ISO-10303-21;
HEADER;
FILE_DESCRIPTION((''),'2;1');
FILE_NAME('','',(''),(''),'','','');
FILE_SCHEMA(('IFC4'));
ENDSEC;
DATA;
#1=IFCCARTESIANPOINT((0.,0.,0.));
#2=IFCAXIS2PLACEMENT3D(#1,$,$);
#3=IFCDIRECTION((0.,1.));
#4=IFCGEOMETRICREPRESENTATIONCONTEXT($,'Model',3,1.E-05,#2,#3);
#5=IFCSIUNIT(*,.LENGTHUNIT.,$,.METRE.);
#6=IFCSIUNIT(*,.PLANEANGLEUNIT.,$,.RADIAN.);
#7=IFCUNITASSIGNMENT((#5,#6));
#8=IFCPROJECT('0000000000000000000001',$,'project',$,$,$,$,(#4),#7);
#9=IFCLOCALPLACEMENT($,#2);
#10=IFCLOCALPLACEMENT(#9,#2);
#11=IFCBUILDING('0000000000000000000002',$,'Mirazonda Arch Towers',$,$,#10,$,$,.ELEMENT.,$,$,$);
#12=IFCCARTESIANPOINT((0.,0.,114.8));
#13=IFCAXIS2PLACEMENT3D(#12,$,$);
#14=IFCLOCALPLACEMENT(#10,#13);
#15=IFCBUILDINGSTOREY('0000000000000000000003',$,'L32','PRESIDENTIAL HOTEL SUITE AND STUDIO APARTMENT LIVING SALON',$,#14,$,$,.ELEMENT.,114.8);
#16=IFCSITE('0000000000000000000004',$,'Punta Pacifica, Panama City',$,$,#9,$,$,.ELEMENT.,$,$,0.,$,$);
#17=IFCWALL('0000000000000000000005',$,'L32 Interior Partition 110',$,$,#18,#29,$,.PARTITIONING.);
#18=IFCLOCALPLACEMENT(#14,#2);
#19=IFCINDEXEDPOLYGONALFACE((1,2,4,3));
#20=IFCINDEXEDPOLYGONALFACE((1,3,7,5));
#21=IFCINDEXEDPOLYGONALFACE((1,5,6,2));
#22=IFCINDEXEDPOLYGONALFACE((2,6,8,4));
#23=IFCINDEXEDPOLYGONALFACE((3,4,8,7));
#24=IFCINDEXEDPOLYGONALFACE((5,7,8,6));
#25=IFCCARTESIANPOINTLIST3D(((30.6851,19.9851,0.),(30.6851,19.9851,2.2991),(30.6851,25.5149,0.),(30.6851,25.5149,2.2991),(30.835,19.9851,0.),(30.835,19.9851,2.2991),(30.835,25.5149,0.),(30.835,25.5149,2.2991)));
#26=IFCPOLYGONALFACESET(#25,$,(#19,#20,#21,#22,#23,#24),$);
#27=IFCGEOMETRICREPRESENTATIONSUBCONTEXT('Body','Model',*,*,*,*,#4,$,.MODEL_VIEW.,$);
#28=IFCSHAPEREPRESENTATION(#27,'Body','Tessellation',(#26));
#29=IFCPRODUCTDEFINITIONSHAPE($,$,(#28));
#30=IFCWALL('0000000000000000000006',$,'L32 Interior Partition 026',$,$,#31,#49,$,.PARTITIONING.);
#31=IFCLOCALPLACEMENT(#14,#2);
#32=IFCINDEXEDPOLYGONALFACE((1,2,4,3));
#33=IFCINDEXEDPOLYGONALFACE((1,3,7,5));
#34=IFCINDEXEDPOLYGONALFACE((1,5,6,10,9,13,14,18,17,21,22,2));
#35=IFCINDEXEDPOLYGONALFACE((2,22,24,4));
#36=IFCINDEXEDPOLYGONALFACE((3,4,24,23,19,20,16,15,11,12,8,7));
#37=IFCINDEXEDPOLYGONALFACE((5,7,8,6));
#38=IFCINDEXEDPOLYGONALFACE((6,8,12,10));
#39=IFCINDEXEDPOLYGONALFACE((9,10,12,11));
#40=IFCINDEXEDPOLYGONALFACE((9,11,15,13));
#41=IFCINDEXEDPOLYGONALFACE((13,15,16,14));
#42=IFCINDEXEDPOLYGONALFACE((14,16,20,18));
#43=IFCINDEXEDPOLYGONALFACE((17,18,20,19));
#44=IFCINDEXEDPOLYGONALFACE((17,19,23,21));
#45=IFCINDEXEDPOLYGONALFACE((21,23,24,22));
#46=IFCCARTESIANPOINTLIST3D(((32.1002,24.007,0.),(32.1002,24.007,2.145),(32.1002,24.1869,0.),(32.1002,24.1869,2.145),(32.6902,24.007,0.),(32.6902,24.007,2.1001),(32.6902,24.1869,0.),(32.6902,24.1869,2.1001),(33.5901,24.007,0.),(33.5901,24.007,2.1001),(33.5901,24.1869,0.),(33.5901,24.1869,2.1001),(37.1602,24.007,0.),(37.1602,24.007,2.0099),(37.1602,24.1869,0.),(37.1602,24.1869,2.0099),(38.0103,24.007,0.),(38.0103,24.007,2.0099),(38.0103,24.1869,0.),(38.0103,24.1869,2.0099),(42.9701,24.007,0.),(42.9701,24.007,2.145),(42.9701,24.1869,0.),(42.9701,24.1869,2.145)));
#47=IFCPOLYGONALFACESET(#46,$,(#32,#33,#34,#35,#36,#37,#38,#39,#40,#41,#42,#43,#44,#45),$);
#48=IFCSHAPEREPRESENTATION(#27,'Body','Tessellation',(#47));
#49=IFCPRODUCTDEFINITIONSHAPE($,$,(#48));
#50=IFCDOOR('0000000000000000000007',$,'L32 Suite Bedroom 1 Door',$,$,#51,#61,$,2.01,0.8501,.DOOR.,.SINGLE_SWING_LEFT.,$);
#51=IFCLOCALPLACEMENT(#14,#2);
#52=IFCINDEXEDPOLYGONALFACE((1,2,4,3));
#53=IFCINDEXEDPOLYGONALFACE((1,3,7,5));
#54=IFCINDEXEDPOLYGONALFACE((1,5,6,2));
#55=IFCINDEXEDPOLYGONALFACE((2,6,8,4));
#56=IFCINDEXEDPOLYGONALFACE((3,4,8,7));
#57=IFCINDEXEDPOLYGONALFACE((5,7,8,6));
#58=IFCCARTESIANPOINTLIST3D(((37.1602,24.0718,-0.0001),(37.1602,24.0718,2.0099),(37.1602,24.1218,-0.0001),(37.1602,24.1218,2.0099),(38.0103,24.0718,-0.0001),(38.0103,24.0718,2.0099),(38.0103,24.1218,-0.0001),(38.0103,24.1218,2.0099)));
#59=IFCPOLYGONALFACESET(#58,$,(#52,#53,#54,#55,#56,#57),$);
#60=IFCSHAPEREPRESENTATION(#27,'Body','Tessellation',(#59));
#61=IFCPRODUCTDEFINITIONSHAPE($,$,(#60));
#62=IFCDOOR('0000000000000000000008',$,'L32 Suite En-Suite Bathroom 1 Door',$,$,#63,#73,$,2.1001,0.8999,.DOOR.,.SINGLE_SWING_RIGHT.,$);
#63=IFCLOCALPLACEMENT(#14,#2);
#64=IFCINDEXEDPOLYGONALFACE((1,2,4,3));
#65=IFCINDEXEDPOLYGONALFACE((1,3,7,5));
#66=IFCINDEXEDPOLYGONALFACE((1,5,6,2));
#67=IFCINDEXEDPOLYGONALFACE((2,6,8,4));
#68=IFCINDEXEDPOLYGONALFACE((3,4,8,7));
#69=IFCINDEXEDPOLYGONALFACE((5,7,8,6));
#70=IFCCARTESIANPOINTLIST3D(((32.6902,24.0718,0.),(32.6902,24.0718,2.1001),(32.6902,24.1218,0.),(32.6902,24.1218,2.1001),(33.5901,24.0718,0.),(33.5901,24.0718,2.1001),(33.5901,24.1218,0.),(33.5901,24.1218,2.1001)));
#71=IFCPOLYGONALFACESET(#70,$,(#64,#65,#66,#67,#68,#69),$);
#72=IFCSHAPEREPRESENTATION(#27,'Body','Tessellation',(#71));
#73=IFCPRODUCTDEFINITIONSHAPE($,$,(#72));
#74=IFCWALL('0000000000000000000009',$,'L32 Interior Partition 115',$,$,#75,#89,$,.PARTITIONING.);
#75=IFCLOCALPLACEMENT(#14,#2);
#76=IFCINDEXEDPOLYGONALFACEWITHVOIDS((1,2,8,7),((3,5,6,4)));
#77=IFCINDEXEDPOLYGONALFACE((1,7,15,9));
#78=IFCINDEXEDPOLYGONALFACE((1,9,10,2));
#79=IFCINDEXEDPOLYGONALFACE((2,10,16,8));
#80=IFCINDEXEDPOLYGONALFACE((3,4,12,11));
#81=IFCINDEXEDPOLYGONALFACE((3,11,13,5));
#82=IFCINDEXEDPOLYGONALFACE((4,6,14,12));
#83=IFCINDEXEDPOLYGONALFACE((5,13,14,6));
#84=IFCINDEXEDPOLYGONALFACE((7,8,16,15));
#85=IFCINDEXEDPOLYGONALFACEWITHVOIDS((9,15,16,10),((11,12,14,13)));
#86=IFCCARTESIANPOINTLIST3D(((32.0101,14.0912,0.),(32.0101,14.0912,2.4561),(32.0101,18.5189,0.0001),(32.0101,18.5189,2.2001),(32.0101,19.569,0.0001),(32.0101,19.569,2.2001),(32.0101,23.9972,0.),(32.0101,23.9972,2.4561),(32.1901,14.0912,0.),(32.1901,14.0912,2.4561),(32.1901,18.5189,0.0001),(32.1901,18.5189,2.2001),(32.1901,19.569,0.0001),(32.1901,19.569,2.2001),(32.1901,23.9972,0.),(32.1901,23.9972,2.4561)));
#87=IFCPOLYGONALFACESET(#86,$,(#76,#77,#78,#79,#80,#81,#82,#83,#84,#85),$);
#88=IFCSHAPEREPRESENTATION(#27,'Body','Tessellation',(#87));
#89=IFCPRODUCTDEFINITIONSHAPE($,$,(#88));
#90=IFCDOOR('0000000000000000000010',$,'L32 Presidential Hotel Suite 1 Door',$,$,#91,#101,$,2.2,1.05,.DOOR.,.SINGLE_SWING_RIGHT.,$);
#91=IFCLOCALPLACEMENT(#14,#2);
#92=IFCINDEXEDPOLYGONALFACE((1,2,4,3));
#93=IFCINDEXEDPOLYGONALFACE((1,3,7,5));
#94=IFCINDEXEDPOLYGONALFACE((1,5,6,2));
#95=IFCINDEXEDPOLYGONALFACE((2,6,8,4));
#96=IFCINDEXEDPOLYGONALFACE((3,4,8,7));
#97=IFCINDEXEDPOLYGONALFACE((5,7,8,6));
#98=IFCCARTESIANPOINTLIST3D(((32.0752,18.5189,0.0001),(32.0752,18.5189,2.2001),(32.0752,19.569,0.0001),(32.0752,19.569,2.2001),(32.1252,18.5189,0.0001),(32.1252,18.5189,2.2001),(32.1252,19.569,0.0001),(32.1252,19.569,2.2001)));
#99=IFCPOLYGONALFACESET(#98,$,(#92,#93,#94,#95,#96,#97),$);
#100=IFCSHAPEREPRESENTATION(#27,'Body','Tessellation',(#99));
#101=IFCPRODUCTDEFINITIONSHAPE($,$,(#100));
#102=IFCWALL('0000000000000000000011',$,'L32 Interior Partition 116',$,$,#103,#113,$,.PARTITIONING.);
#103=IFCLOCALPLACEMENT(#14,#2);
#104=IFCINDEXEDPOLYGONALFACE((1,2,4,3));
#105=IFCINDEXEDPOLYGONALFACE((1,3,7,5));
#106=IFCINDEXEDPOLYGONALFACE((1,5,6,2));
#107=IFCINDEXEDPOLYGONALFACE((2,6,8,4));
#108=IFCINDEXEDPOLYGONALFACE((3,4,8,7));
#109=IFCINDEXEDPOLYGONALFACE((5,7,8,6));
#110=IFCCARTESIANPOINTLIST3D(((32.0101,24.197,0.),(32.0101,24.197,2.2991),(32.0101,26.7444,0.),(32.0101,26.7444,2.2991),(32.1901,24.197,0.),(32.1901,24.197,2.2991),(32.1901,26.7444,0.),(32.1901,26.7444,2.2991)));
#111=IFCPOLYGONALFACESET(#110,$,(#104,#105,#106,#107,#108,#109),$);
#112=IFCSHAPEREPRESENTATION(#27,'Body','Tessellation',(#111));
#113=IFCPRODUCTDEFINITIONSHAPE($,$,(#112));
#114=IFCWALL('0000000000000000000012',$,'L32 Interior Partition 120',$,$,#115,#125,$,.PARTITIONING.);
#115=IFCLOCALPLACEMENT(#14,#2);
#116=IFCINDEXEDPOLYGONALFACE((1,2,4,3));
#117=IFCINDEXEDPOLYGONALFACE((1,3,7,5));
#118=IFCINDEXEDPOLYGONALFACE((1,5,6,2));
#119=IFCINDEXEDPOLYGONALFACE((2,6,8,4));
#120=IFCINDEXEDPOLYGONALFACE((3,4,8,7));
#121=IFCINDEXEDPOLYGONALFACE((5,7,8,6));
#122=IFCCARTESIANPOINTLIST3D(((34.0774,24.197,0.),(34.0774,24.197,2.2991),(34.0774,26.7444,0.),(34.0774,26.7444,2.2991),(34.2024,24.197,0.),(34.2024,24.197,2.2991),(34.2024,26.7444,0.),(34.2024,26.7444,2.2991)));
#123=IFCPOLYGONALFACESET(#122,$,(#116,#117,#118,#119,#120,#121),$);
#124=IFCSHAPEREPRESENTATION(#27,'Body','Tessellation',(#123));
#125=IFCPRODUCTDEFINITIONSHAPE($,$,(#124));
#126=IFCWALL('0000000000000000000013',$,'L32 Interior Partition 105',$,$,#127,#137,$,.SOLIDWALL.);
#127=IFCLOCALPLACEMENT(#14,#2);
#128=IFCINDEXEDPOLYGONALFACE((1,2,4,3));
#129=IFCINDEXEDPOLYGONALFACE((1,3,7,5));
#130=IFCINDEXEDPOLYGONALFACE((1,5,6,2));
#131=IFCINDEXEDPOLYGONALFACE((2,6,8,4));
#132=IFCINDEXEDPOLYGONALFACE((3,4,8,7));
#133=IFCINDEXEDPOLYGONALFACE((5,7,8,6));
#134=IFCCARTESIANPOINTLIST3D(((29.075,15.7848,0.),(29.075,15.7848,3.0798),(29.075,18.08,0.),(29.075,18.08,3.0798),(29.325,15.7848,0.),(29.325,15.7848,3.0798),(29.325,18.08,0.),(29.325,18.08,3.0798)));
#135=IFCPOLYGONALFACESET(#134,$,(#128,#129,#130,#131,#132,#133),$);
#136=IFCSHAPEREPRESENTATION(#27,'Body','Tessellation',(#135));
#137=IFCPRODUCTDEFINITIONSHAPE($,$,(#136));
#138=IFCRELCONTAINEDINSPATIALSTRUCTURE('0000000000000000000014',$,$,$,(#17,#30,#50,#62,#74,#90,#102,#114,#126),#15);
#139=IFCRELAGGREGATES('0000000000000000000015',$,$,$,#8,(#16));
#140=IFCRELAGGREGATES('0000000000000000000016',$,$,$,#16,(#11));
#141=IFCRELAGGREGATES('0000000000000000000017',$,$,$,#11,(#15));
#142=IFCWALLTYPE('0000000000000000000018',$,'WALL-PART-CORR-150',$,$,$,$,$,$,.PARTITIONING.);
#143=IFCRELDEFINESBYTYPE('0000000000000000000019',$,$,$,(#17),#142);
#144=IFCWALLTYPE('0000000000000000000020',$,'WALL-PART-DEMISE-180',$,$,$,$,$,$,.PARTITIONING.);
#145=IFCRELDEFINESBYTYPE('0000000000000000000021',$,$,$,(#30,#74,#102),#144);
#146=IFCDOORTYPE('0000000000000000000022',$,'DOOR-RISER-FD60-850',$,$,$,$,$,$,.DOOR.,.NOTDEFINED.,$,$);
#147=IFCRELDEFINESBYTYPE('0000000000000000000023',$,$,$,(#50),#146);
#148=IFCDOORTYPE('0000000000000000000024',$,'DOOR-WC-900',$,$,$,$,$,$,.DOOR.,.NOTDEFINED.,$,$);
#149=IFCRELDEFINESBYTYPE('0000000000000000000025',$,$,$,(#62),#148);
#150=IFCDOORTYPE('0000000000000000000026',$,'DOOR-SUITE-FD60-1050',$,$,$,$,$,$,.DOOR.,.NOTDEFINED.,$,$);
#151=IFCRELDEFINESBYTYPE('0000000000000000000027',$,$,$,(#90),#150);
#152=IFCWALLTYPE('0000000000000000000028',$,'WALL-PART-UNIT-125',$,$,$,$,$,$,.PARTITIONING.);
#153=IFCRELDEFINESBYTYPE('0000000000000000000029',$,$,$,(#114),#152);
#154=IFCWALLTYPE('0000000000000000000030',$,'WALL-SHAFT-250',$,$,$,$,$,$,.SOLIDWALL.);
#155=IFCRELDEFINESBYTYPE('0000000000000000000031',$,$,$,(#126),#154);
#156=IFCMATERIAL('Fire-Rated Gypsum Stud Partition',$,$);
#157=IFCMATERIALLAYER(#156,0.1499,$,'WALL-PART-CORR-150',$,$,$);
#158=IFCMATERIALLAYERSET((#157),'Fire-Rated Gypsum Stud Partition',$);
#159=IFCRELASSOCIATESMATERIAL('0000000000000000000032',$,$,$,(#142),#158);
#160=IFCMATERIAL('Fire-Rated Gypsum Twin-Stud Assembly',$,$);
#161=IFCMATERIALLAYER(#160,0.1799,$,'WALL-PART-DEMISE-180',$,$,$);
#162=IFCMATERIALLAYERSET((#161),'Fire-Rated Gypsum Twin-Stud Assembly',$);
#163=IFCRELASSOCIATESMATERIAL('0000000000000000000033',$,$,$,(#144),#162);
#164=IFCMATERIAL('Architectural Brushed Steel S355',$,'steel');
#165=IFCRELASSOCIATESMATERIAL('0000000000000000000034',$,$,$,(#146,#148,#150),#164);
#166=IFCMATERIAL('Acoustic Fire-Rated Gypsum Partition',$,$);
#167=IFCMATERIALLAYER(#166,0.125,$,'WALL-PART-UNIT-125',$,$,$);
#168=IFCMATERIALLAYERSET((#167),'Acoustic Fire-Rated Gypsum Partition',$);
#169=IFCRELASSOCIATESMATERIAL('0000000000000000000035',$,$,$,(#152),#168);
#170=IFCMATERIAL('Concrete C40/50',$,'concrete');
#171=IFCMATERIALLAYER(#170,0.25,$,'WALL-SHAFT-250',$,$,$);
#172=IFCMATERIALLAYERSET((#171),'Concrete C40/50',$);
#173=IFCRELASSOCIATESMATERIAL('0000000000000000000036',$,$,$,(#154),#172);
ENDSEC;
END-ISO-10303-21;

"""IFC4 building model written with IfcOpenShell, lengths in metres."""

from ifc_helpers import new_model, si_unit, direction, frame, frame_2d, origin, place, context, subcontext, project, spatial, rectangle, extrude, material, layer, layer_set, type_object, element, fill, save


model = new_model("IFC4")

# Units and contexts
model_context = context("Model", 3, precision=1e-05, world=origin(), true_north=direction((0.0, 1.0)))
body_context = subcontext(model_context, "Body", "Model", "MODEL_VIEW")
ifc_project = project(units=[si_unit("LENGTHUNIT", "METRE"), si_unit("PLANEANGLEUNIT", "RADIAN")], contexts=[model_context])

# Site, building, storey
site_placement = place(None, origin())
site = spatial("IfcSite", under=ifc_project, at=site_placement, Name="Punta Pacifica, Panama City", CompositionType="ELEMENT", RefElevation=0.0)
building_placement = place(site_placement, origin())
building = spatial("IfcBuilding", under=site, at=building_placement, Name="Mirazonda Arch Towers", CompositionType="ELEMENT")
storey_placement = place(building_placement, frame((0.0, 0.0, 114.8)))
storey = spatial("IfcBuildingStorey", under=building, at=storey_placement, Name="L32", Description="PRESIDENTIAL HOTEL SUITE AND STUDIO APARTMENT LIVING SALON", CompositionType="ELEMENT", Elevation=114.8)

# Wall
ifc_material_1 = material(Name="Fire-Rated Gypsum Stud Partition")
ifc_layer_1 = layer(ifc_material_1, 0.1499, Name="WALL-PART-CORR-150")
ifc_layer_set_1 = layer_set([ifc_layer_1], Name="Fire-Rated Gypsum Stud Partition")
wall_type_1 = type_object("IfcWallType", Name="WALL-PART-CORR-150", PredefinedType="PARTITIONING", material=ifc_layer_set_1)
wall_1_placement = place(storey_placement, frame((30.76, 19.9851, 0.0), z_axis=(0.0, 0.0, 1.0), x_axis=(0.0, 1.0, 0.0)))
element("IfcWall", 1, at=wall_1_placement, inside=storey, type_object=wall_type_1, Name="L32 Interior Partition 110", PredefinedType="PARTITIONING", context=body_context, shape_type="SweptSolid", body=[
    extrude(rectangle(XDim=5.5298, YDim=0.1499, at=frame_2d((2.7649, 0.0))), origin(), (0.0, 0.0, 1.0), 2.2991),
])

# Wall, openings, doors
ifc_material_2 = material(Name="Fire-Rated Gypsum Twin-Stud Assembly")
ifc_layer_2 = layer(ifc_material_2, 0.1799, Name="WALL-PART-DEMISE-180")
ifc_layer_set_2 = layer_set([ifc_layer_2], Name="Fire-Rated Gypsum Twin-Stud Assembly")
wall_type_2 = type_object("IfcWallType", Name="WALL-PART-DEMISE-180", PredefinedType="PARTITIONING", material=ifc_layer_set_2)
wall_2_placement = place(storey_placement, frame((32.1001, 24.0969, 0.0), z_axis=(0.0, 0.0, 1.0), x_axis=(1.0, 0.0, 0.0)))
wall_2 = element("IfcWall", 2, at=wall_2_placement, inside=storey, type_object=wall_type_2, Name="L32 Interior Partition 026", PredefinedType="PARTITIONING", context=body_context, shape_type="SweptSolid", body=[
    extrude(rectangle(XDim=10.8699, YDim=0.1799, at=frame_2d((5.4351, 0.0))), origin(), (0.0, 0.0, 1.0), 2.145),
])
opening_1_placement = place(wall_2_placement, frame((5.0601, 0.0, 0.0)))
opening_1 = element("IfcOpeningElement", 3, at=opening_1_placement, cuts=wall_2, PredefinedType="OPENING", context=body_context, shape_type="SweptSolid", body=[
    extrude(rectangle(XDim=0.8501, YDim=2.01, at=frame_2d((0.425, 1.0049))), frame((0.0, 0.0999, 0.0), z_axis=(0.0, -1.0, 0.0), x_axis=(1.0, 0.0, 0.0)), (0.0, 0.0, 1.0), 0.2),
])
opening_2_placement = place(wall_2_placement, frame((0.5901, 0.0, 0.0)))
opening_2 = element("IfcOpeningElement", 4, at=opening_2_placement, cuts=wall_2, PredefinedType="OPENING", context=body_context, shape_type="SweptSolid", body=[
    extrude(rectangle(XDim=0.8999, YDim=2.1001, at=frame_2d((0.45, 1.05))), frame((0.0, 0.0999, 0.0), z_axis=(0.0, -1.0, 0.0), x_axis=(1.0, 0.0, 0.0)), (0.0, 0.0, 1.0), 0.2),
])
ifc_material_3 = material(Name="Architectural Brushed Steel S355", Category="steel")
door_type_1 = type_object("IfcDoorType", Name="DOOR-RISER-FD60-850", OperationType="NOTDEFINED", PredefinedType="DOOR", material=ifc_material_3)
door_1_placement = place(opening_1_placement, origin())
door_1 = element("IfcDoor", 5, at=door_1_placement, inside=storey, type_object=door_type_1, Name="L32 Suite Bedroom 1 Door", OperationType="SINGLE_SWING_LEFT", OverallHeight=2.01, OverallWidth=0.8501, PredefinedType="DOOR", context=body_context, shape_type="SweptSolid", body=[
    extrude(rectangle(XDim=0.8501, YDim=2.01, at=frame_2d((0.425, 1.0049))), frame((0.0, 0.0249, 0.0), z_axis=(0.0, -1.0, 0.0), x_axis=(1.0, 0.0, 0.0)), (0.0, 0.0, 1.0), 0.05),
])
fill(opening_1, door_1)
door_type_2 = type_object("IfcDoorType", Name="DOOR-WC-900", OperationType="NOTDEFINED", PredefinedType="DOOR", material=ifc_material_3)
door_2_placement = place(opening_2_placement, origin())
door_2 = element("IfcDoor", 6, at=door_2_placement, inside=storey, type_object=door_type_2, Name="L32 Suite En-Suite Bathroom 1 Door", OperationType="SINGLE_SWING_RIGHT", OverallHeight=2.1001, OverallWidth=0.8999, PredefinedType="DOOR", context=body_context, shape_type="SweptSolid", body=[
    extrude(rectangle(XDim=0.8999, YDim=2.1001, at=frame_2d((0.45, 1.05))), frame((0.0, 0.0249, 0.0), z_axis=(0.0, -1.0, 0.0), x_axis=(1.0, 0.0, 0.0)), (0.0, 0.0, 1.0), 0.05),
])
fill(opening_2, door_2)

# Wall, opening, door
wall_3_placement = place(storey_placement, frame((32.1001, 14.0911, 0.0), z_axis=(0.0, 0.0, 1.0), x_axis=(0.0, 1.0, 0.0)))
wall_3 = element("IfcWall", 7, at=wall_3_placement, inside=storey, type_object=wall_type_2, Name="L32 Interior Partition 115", PredefinedType="PARTITIONING", context=body_context, shape_type="SweptSolid", body=[
    extrude(rectangle(XDim=9.906, YDim=0.1799, at=frame_2d((4.9531, 0.0))), origin(), (0.0, 0.0, 1.0), 2.4561),
])
opening_3_placement = place(wall_3_placement, frame((4.428, 0.0, 0.0)))
opening_3 = element("IfcOpeningElement", 8, at=opening_3_placement, cuts=wall_3, PredefinedType="OPENING", context=body_context, shape_type="SweptSolid", body=[
    extrude(rectangle(XDim=1.05, YDim=2.2, at=frame_2d((0.5249, 1.1001))), frame((0.0, 0.0999, 0.0), z_axis=(0.0, -1.0, 0.0), x_axis=(1.0, 0.0, 0.0)), (0.0, 0.0, 1.0), 0.2),
])
door_type_3 = type_object("IfcDoorType", Name="DOOR-SUITE-FD60-1050", OperationType="NOTDEFINED", PredefinedType="DOOR", material=ifc_material_3)
door_3_placement = place(opening_3_placement, origin())
door_3 = element("IfcDoor", 9, at=door_3_placement, inside=storey, type_object=door_type_3, Name="L32 Presidential Hotel Suite 1 Door", OperationType="SINGLE_SWING_RIGHT", OverallHeight=2.2, OverallWidth=1.05, PredefinedType="DOOR", context=body_context, shape_type="SweptSolid", body=[
    extrude(rectangle(XDim=1.05, YDim=2.2, at=frame_2d((0.5249, 1.1001))), frame((0.0, 0.0249, 0.0), z_axis=(0.0, -1.0, 0.0), x_axis=(1.0, 0.0, 0.0)), (0.0, 0.0, 1.0), 0.05),
])
fill(opening_3, door_3)

# Walls
wall_4_placement = place(storey_placement, frame((32.1001, 24.197, 0.0), z_axis=(0.0, 0.0, 1.0), x_axis=(0.0, 1.0, 0.0)))
element("IfcWall", 10, at=wall_4_placement, inside=storey, type_object=wall_type_2, Name="L32 Interior Partition 116", PredefinedType="PARTITIONING", context=body_context, shape_type="SweptSolid", body=[
    extrude(rectangle(XDim=2.5474, YDim=0.1799, at=frame_2d((1.2737, 0.0))), origin(), (0.0, 0.0, 1.0), 2.2991),
])
ifc_material_4 = material(Name="Acoustic Fire-Rated Gypsum Partition")
ifc_layer_3 = layer(ifc_material_4, 0.125, Name="WALL-PART-UNIT-125")
ifc_layer_set_3 = layer_set([ifc_layer_3], Name="Acoustic Fire-Rated Gypsum Partition")
wall_type_3 = type_object("IfcWallType", Name="WALL-PART-UNIT-125", PredefinedType="PARTITIONING", material=ifc_layer_set_3)
wall_5_placement = place(storey_placement, frame((34.1399, 24.197, 0.0), z_axis=(0.0, 0.0, 1.0), x_axis=(0.0, 1.0, 0.0)))
element("IfcWall", 11, at=wall_5_placement, inside=storey, type_object=wall_type_3, Name="L32 Interior Partition 120", PredefinedType="PARTITIONING", context=body_context, shape_type="SweptSolid", body=[
    extrude(rectangle(XDim=2.5474, YDim=0.125, at=frame_2d((1.2737, 0.0))), origin(), (0.0, 0.0, 1.0), 2.2991),
])
ifc_material_5 = material(Name="Concrete C40/50", Category="concrete")
ifc_layer_4 = layer(ifc_material_5, 0.25, Name="WALL-SHAFT-250")
ifc_layer_set_4 = layer_set([ifc_layer_4], Name="Concrete C40/50")
wall_type_4 = type_object("IfcWallType", Name="WALL-SHAFT-250", PredefinedType="SOLIDWALL", material=ifc_layer_set_4)
wall_6_placement = place(storey_placement, frame((29.2, 15.7849, 0.0), z_axis=(0.0, 0.0, 1.0), x_axis=(0.0, 1.0, 0.0)))
element("IfcWall", 12, at=wall_6_placement, inside=storey, type_object=wall_type_4, Name="L32 Interior Partition 105", PredefinedType="SOLIDWALL", context=body_context, shape_type="SweptSolid", body=[
    extrude(rectangle(XDim=2.2952, YDim=0.25, at=frame_2d((1.1475, 0.0))), origin(), (0.0, 0.0, 1.0), 3.0798),
])

save(model, "model.ifc")
